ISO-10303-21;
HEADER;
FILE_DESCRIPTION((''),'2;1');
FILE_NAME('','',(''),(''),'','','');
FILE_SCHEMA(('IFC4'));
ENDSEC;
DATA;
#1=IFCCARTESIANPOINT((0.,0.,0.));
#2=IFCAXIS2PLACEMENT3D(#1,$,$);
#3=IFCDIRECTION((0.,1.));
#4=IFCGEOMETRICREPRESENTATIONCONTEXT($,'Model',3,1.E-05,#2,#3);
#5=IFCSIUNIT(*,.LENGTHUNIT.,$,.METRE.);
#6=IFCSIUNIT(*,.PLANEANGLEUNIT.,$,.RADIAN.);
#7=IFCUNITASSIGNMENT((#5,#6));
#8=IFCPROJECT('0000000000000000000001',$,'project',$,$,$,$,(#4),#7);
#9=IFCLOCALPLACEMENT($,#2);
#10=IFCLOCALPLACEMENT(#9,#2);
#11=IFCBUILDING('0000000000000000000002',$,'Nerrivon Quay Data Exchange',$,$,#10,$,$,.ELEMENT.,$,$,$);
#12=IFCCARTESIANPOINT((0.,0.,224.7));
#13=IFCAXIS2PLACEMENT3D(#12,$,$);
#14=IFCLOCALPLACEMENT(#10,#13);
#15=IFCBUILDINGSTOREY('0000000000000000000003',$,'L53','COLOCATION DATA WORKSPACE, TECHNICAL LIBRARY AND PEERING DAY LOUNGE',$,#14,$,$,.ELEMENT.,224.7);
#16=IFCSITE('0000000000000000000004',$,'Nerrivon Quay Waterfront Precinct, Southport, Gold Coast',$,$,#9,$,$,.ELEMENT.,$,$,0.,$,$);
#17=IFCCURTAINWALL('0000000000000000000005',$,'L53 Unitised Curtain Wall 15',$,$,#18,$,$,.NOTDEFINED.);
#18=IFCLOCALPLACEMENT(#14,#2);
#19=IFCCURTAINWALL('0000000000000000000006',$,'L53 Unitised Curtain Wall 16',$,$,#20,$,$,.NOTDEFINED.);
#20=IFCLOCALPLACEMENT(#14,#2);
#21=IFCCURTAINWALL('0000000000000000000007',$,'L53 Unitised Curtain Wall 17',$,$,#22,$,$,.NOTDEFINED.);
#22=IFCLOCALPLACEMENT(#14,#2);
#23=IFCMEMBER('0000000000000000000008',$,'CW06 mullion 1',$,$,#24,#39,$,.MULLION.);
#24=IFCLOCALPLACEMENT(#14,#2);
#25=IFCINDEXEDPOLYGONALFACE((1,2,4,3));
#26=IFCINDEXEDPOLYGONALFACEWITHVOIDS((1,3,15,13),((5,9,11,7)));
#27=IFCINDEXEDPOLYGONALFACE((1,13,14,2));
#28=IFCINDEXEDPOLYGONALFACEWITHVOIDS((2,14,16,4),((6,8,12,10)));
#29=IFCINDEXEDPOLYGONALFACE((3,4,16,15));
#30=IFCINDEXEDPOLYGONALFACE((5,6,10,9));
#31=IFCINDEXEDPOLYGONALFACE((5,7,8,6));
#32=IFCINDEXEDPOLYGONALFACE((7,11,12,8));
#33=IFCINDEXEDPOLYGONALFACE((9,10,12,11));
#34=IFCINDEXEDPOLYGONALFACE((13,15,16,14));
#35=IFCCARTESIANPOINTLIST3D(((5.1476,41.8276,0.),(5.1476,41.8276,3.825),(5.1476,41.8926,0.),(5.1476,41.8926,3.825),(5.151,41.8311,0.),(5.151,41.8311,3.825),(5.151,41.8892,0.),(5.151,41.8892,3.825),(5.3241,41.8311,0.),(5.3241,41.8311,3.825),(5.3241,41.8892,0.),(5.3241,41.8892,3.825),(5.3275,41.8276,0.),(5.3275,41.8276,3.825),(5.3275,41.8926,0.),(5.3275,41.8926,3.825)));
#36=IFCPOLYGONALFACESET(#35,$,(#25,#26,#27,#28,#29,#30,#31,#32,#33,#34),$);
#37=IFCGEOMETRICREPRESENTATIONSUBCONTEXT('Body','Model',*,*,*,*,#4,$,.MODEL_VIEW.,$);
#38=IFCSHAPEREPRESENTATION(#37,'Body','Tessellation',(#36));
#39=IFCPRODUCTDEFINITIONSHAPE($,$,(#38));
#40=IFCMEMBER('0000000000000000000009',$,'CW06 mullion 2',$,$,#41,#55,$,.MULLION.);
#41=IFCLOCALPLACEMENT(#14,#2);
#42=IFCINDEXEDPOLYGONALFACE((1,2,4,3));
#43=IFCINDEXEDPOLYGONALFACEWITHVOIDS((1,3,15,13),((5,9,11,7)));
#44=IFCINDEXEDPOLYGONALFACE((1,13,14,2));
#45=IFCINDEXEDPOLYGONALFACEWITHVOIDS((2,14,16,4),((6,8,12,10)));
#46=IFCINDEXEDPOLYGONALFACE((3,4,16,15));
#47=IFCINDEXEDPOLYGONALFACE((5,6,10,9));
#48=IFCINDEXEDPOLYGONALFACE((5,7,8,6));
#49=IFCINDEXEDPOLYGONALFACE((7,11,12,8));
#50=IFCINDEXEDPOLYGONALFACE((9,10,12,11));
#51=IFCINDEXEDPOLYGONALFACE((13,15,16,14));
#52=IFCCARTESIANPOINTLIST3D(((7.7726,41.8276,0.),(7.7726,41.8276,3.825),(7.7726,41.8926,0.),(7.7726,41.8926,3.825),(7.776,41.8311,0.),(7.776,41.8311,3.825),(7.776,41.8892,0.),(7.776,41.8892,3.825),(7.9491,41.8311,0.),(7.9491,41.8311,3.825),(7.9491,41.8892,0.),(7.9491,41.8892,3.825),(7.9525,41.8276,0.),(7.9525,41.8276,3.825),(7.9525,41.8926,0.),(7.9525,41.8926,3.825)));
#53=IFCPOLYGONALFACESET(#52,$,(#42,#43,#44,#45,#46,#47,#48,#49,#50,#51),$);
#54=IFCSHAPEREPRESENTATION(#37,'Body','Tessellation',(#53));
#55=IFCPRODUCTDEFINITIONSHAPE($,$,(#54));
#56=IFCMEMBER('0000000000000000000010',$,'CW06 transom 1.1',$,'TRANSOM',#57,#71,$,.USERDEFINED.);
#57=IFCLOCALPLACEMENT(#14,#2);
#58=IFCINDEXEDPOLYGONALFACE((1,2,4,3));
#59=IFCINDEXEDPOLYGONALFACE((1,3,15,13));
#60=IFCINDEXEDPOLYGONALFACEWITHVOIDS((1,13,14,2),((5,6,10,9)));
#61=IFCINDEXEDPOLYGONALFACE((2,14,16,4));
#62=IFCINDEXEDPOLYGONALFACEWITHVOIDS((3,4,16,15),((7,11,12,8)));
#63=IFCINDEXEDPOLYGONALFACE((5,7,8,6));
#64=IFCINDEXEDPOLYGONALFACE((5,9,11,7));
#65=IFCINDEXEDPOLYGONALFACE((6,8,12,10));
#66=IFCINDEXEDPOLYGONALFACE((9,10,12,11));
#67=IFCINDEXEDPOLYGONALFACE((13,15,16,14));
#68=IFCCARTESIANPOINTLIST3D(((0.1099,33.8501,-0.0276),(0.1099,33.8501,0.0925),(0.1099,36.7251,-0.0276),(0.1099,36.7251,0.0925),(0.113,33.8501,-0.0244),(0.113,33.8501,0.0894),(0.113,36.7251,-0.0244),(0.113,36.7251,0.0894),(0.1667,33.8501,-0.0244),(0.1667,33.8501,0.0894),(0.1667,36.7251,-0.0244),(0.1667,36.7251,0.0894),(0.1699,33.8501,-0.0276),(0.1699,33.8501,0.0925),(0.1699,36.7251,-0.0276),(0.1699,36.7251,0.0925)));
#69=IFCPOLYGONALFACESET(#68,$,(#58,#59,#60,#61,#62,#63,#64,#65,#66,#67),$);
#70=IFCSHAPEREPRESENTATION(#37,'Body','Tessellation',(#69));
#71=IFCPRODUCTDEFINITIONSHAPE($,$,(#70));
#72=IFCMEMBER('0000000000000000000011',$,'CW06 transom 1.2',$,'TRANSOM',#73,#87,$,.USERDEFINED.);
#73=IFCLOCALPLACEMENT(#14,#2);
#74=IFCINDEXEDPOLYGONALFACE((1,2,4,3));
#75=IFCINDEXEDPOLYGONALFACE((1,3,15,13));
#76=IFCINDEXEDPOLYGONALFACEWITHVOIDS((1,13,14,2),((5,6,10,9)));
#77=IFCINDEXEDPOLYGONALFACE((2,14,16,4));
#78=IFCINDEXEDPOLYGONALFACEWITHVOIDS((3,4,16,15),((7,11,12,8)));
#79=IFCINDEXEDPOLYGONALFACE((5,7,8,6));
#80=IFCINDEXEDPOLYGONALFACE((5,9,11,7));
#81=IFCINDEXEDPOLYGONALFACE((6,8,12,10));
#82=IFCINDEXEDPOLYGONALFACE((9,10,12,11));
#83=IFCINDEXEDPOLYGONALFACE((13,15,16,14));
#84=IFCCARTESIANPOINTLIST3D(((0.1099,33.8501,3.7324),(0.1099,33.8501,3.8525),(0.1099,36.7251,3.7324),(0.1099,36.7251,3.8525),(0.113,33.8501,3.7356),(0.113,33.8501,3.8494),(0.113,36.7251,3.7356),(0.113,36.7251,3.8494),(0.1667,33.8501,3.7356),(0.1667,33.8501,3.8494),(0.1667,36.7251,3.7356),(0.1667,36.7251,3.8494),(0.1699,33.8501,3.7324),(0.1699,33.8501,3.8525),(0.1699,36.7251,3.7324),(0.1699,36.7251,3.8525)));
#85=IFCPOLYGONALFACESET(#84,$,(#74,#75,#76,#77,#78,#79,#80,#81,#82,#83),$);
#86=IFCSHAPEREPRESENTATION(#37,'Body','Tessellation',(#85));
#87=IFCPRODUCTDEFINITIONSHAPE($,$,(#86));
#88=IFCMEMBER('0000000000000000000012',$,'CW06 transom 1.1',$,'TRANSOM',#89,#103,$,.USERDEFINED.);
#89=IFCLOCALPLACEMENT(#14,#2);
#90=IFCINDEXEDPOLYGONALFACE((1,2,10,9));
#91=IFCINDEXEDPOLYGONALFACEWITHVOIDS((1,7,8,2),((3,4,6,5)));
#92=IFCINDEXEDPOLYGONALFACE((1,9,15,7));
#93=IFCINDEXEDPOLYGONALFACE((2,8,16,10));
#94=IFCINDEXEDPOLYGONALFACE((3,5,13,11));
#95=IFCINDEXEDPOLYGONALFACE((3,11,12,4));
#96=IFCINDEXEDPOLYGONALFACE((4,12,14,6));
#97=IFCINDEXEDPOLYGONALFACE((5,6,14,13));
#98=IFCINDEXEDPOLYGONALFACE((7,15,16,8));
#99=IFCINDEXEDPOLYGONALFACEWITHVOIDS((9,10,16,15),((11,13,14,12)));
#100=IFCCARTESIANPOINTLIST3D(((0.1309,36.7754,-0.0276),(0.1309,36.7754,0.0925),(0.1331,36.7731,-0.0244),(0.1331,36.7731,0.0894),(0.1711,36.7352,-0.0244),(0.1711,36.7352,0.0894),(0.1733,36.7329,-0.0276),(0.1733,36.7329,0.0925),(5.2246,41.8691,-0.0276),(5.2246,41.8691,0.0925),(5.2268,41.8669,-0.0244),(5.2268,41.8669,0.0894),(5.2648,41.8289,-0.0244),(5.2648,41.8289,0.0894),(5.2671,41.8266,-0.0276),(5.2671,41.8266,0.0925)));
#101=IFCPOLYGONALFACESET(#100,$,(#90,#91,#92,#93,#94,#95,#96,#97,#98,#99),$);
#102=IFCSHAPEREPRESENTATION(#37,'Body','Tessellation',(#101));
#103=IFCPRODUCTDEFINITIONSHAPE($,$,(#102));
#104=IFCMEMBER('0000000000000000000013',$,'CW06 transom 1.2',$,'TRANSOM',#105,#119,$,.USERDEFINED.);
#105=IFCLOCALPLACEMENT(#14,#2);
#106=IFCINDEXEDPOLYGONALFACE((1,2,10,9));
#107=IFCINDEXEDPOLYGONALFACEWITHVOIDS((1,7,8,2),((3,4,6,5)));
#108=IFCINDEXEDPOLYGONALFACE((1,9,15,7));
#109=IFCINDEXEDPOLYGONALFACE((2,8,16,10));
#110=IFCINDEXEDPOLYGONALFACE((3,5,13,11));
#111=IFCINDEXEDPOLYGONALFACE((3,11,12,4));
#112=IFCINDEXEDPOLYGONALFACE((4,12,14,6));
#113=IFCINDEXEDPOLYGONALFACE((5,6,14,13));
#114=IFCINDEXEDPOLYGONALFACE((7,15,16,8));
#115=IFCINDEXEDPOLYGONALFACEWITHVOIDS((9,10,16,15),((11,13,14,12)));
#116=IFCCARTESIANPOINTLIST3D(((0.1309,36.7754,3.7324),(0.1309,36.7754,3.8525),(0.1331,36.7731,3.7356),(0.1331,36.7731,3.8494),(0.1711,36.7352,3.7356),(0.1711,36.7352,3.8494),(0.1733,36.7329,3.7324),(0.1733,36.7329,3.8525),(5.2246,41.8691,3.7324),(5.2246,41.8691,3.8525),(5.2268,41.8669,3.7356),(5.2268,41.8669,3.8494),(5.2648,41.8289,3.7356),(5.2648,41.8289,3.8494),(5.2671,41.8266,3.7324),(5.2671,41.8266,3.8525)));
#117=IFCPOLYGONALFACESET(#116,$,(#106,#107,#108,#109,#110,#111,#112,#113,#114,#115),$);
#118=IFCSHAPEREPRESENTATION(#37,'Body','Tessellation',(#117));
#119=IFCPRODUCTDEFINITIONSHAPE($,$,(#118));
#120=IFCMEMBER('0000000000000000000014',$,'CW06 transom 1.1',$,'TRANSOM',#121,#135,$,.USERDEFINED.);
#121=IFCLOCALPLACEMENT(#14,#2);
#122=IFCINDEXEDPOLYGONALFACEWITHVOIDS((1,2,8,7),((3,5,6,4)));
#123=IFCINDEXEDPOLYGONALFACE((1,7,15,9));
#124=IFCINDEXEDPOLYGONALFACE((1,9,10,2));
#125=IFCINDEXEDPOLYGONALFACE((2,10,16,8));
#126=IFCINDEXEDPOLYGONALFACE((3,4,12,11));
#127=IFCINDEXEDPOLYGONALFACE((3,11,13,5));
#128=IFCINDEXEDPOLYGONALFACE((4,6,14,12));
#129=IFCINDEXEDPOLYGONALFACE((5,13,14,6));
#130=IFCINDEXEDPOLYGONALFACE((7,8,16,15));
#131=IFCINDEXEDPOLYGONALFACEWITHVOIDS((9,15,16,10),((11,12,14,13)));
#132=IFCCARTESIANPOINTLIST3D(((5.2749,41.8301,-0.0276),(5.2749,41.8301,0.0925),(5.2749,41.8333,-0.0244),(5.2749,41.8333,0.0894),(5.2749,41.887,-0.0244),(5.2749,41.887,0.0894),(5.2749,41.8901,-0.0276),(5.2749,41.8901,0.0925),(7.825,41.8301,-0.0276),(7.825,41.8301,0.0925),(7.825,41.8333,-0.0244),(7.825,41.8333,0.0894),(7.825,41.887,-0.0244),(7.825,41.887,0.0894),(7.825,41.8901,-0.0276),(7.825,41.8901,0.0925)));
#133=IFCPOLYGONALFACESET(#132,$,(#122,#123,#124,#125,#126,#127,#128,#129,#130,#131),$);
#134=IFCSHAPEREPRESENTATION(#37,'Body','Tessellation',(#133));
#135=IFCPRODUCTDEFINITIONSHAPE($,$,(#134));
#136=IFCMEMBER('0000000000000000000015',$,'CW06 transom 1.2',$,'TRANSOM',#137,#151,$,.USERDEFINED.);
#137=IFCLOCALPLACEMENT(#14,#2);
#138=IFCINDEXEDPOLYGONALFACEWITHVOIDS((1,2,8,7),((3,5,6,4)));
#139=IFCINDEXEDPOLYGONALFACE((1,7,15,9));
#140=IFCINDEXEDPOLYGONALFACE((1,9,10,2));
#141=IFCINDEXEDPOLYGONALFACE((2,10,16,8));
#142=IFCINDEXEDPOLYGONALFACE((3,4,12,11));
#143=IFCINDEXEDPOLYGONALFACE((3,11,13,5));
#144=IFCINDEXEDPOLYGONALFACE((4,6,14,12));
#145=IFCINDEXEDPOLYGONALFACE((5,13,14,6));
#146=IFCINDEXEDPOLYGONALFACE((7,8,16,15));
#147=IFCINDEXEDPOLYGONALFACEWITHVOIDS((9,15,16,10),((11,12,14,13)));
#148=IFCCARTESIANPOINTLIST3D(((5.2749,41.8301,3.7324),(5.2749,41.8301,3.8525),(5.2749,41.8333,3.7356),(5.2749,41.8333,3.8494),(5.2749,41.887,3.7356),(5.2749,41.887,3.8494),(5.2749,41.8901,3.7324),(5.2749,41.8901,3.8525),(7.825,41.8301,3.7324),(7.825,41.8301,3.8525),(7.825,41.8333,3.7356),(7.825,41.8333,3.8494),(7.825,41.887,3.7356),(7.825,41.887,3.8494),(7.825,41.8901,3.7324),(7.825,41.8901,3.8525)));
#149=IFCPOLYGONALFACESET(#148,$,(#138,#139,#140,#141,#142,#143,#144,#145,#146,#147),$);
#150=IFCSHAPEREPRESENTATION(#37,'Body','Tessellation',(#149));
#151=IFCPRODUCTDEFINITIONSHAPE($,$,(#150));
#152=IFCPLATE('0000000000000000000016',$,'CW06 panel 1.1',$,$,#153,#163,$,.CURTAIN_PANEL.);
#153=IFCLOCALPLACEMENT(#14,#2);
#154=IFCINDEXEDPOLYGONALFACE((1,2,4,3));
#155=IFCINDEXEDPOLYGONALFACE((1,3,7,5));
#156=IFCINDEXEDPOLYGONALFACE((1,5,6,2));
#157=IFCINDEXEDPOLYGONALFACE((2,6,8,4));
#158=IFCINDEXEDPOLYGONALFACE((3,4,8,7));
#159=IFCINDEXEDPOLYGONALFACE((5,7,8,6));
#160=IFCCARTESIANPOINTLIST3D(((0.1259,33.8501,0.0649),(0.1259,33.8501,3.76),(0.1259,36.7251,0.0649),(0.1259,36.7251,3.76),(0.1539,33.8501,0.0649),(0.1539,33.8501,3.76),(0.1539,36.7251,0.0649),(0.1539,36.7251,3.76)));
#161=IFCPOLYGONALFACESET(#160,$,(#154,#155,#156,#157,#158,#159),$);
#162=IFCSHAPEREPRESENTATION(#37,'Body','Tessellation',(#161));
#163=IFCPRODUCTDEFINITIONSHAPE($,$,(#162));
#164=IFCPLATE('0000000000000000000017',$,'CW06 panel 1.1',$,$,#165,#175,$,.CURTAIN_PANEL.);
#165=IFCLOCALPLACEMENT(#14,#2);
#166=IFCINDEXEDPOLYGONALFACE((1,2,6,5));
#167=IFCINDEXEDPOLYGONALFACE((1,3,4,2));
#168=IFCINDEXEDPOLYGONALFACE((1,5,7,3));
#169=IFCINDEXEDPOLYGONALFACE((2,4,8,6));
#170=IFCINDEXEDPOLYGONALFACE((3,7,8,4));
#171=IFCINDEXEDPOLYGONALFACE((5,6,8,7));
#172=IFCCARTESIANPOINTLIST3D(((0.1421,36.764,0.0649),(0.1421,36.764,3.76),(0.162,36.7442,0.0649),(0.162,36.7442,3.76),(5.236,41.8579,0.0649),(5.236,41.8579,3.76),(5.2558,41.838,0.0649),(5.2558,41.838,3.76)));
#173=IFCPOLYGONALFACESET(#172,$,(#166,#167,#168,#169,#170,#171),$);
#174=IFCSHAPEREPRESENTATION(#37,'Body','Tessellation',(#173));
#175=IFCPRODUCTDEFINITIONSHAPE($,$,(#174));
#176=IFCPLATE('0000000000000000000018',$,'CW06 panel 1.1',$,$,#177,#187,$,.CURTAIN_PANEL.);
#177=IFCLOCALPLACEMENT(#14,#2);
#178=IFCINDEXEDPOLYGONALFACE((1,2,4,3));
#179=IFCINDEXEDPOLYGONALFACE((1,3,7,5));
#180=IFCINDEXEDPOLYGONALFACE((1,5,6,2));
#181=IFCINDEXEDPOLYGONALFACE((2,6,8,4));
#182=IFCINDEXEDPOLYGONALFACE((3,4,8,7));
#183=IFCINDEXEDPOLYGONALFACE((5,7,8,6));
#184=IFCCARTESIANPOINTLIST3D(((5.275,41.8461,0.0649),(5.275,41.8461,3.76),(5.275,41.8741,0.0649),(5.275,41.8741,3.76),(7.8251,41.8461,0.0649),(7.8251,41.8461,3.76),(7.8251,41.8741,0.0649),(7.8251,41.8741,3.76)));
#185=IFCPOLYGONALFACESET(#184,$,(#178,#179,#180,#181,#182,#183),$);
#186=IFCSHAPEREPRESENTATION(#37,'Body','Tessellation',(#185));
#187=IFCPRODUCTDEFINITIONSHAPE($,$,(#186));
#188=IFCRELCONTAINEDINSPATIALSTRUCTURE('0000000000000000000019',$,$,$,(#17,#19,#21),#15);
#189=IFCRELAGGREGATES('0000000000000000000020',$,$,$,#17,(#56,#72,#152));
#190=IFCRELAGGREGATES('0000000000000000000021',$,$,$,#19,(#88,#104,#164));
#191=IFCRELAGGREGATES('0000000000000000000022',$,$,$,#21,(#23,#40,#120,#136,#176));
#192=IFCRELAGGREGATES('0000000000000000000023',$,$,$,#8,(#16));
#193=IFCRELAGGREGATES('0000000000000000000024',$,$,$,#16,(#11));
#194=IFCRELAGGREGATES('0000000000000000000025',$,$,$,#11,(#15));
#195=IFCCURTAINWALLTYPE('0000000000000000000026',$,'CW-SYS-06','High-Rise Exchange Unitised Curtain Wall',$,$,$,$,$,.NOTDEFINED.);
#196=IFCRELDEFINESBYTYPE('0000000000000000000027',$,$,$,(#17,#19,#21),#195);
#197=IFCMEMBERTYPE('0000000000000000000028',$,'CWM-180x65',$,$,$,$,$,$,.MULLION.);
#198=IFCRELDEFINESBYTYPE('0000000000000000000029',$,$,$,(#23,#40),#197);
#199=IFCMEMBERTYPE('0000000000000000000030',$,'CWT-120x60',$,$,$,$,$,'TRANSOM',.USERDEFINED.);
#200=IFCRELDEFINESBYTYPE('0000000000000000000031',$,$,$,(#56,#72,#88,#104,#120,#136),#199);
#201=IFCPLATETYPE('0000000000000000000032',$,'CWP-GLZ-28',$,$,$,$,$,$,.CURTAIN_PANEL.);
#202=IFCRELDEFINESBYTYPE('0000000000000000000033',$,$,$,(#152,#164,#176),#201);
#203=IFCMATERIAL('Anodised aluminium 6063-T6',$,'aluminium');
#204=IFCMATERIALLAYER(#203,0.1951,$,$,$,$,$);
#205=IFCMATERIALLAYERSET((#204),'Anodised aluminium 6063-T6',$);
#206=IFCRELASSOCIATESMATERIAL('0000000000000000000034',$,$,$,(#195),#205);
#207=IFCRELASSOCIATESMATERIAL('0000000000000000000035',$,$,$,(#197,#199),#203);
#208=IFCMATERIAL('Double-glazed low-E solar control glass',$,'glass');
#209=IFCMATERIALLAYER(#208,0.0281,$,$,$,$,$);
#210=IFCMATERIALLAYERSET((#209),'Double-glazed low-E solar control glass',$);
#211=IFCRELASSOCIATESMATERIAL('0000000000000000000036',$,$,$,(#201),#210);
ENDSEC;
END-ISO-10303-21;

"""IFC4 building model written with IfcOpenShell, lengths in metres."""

from ifc_helpers import new_model, si_unit, direction, frame, origin, origin_2d, place, context, subcontext, project, spatial, rectangle, hollow_rectangle, extrude, material, layer, layer_set, material_profile, profile_set, type_object, element, aggregate, save


model = new_model("IFC4")

# Units and contexts
model_context = context("Model", 3, precision=1e-05, world=origin(), true_north=direction((0.0, 1.0)))
body_context = subcontext(model_context, "Body", "Model", "MODEL_VIEW")
ifc_project = project(units=[si_unit("LENGTHUNIT", "METRE"), si_unit("PLANEANGLEUNIT", "RADIAN")], contexts=[model_context])

# Site, building, storey
site_placement = place(None, origin())
site = spatial("IfcSite", under=ifc_project, at=site_placement, Name="Nerrivon Quay Waterfront Precinct, Southport, Gold Coast", CompositionType="ELEMENT", RefElevation=0.0)
building_placement = place(site_placement, origin())
building = spatial("IfcBuilding", under=site, at=building_placement, Name="Nerrivon Quay Data Exchange", CompositionType="ELEMENT")
storey_placement = place(building_placement, frame((0.0, 0.0, 224.7)))
storey = spatial("IfcBuildingStorey", under=building, at=storey_placement, Name="L53", Description="COLOCATION DATA WORKSPACE, TECHNICAL LIBRARY AND PEERING DAY LOUNGE", CompositionType="ELEMENT", Elevation=224.7)

# Curtain walls, members
ifc_material_1 = material(Name="Anodised aluminium 6063-T6", Category="aluminium")
ifc_layer_1 = layer(ifc_material_1, 0.1951)
ifc_layer_set_1 = layer_set([ifc_layer_1], Name="Anodised aluminium 6063-T6")
curtain_wall_type = type_object("IfcCurtainWallType", Name="CW-SYS-06", Description="High-Rise Exchange Unitised Curtain Wall", PredefinedType="NOTDEFINED", material=ifc_layer_set_1)
curtain_wall_1_placement = place(storey_placement, origin())
curtain_wall_1 = element("IfcCurtainWall", 1, at=curtain_wall_1_placement, inside=storey, type_object=curtain_wall_type, Name="L53 Unitised Curtain Wall 15", PredefinedType="NOTDEFINED")
ifc_material_profile_1 = material_profile(ifc_material_1, hollow_rectangle(XDim=0.0649, YDim=0.1799, WallThickness=0.0034, at=origin_2d()), Name="ALU-MULL-180x65")
ifc_profile_set_1 = profile_set([ifc_material_profile_1], Name="Anodised aluminium 6063-T6")
member_type_1 = type_object("IfcMemberType", Name="CWM-180x65", PredefinedType="MULLION", material=ifc_profile_set_1)
curtain_wall_2_placement = place(storey_placement, origin())
curtain_wall_2 = element("IfcCurtainWall", 2, at=curtain_wall_2_placement, inside=storey, type_object=curtain_wall_type, Name="L53 Unitised Curtain Wall 16", PredefinedType="NOTDEFINED")
curtain_wall_3_placement = place(storey_placement, origin())
curtain_wall_3 = element("IfcCurtainWall", 3, at=curtain_wall_3_placement, inside=storey, type_object=curtain_wall_type, Name="L53 Unitised Curtain Wall 17", PredefinedType="NOTDEFINED")
member_1_placement = place(storey_placement, frame((5.2375, 41.8601, 0.0), z_axis=(0.0, 0.0, 1.0), x_axis=(0.0, 1.0, 0.0)))
member_1 = element("IfcMember", 4, at=member_1_placement, type_object=member_type_1, Name="CW06 mullion 1", PredefinedType="MULLION", context=body_context, shape_type="SweptSolid", body=[
    extrude(hollow_rectangle(XDim=0.0649, YDim=0.1799, WallThickness=0.0034, at=origin_2d()), origin(), (0.0, 0.0, 1.0), 3.825),
])
member_2_placement = place(storey_placement, frame((7.8625, 41.8601, 0.0), z_axis=(0.0, 0.0, 1.0), x_axis=(0.0, 1.0, 0.0)))
member_2 = element("IfcMember", 5, at=member_2_placement, type_object=member_type_1, Name="CW06 mullion 2", PredefinedType="MULLION", context=body_context, shape_type="SweptSolid", body=[
    extrude(hollow_rectangle(XDim=0.0649, YDim=0.1799, WallThickness=0.0034, at=origin_2d()), origin(), (0.0, 0.0, 1.0), 3.825),
])

# Members
ifc_material_profile_2 = material_profile(ifc_material_1, hollow_rectangle(XDim=0.0601, YDim=0.1201, WallThickness=0.0032, at=origin_2d()), Name="ALU-TRAN-120x60")
ifc_profile_set_2 = profile_set([ifc_material_profile_2], Name="Anodised aluminium 6063-T6")
member_type_2 = type_object("IfcMemberType", Name="CWT-120x60", ElementType="TRANSOM", PredefinedType="USERDEFINED", material=ifc_profile_set_2)
member_3_placement = place(storey_placement, frame((0.1399, 33.8501, 0.0325), z_axis=(0.0, 1.0, 0.0), x_axis=(-1.0, 0.0, 0.0)))
member_3 = element("IfcMember", 6, at=member_3_placement, type_object=member_type_2, Name="CW06 transom 1.1", ObjectType="TRANSOM", PredefinedType="USERDEFINED", context=body_context, shape_type="SweptSolid", body=[
    extrude(hollow_rectangle(XDim=0.0601, YDim=0.1201, WallThickness=0.0032, at=origin_2d()), origin(), (0.0, 0.0, 1.0), 2.875),
])
member_4_placement = place(storey_placement, frame((0.1399, 33.8501, 3.7925), z_axis=(0.0, 1.0, 0.0), x_axis=(-1.0, 0.0, 0.0)))
member_4 = element("IfcMember", 7, at=member_4_placement, type_object=member_type_2, Name="CW06 transom 1.2", ObjectType="TRANSOM", PredefinedType="USERDEFINED", context=body_context, shape_type="SweptSolid", body=[
    extrude(hollow_rectangle(XDim=0.0601, YDim=0.1201, WallThickness=0.0032, at=origin_2d()), origin(), (0.0, 0.0, 1.0), 2.875),
])
member_5_placement = place(storey_placement, frame((0.1521, 36.7542, 0.0325), z_axis=(0.707107, 0.707107, 0.0), x_axis=(-0.707107, 0.707107, 0.0)))
member_5 = element("IfcMember", 8, at=member_5_placement, type_object=member_type_2, Name="CW06 transom 1.1", ObjectType="TRANSOM", PredefinedType="USERDEFINED", context=body_context, shape_type="SweptSolid", body=[
    extrude(hollow_rectangle(XDim=0.0601, YDim=0.1201, WallThickness=0.0032, at=origin_2d()), origin(), (0.0, 0.0, 1.0), 7.2036),
])
member_6_placement = place(storey_placement, frame((0.1521, 36.7542, 3.7925), z_axis=(0.707107, 0.707107, 0.0), x_axis=(-0.707107, 0.707107, 0.0)))
member_6 = element("IfcMember", 9, at=member_6_placement, type_object=member_type_2, Name="CW06 transom 1.2", ObjectType="TRANSOM", PredefinedType="USERDEFINED", context=body_context, shape_type="SweptSolid", body=[
    extrude(hollow_rectangle(XDim=0.0601, YDim=0.1201, WallThickness=0.0032, at=origin_2d()), origin(), (0.0, 0.0, 1.0), 7.2036),
])
member_7_placement = place(storey_placement, frame((5.2749, 41.8601, 0.0325), z_axis=(1.0, 0.0, 0.0), x_axis=(0.0, 1.0, 0.0)))
member_7 = element("IfcMember", 10, at=member_7_placement, type_object=member_type_2, Name="CW06 transom 1.1", ObjectType="TRANSOM", PredefinedType="USERDEFINED", context=body_context, shape_type="SweptSolid", body=[
    extrude(hollow_rectangle(XDim=0.0601, YDim=0.1201, WallThickness=0.0032, at=origin_2d()), origin(), (0.0, 0.0, 1.0), 2.55),
])
member_8_placement = place(storey_placement, frame((5.2749, 41.8601, 3.7925), z_axis=(1.0, 0.0, 0.0), x_axis=(0.0, 1.0, 0.0)))
member_8 = element("IfcMember", 11, at=member_8_placement, type_object=member_type_2, Name="CW06 transom 1.2", ObjectType="TRANSOM", PredefinedType="USERDEFINED", context=body_context, shape_type="SweptSolid", body=[
    extrude(hollow_rectangle(XDim=0.0601, YDim=0.1201, WallThickness=0.0032, at=origin_2d()), origin(), (0.0, 0.0, 1.0), 2.55),
])

# Plates
ifc_material_2 = material(Name="Double-glazed low-E solar control glass", Category="glass")
ifc_layer_2 = layer(ifc_material_2, 0.0281)
ifc_layer_set_2 = layer_set([ifc_layer_2], Name="Double-glazed low-E solar control glass")
plate_type = type_object("IfcPlateType", Name="CWP-GLZ-28", PredefinedType="CURTAIN_PANEL", material=ifc_layer_set_2)
plate_1_placement = place(storey_placement, frame((0.1399, 35.2876, 0.0649), z_axis=(0.0, 0.0, 1.0), x_axis=(0.0, 1.0, 0.0)))
plate_1 = element("IfcPlate", 12, at=plate_1_placement, type_object=plate_type, Name="CW06 panel 1.1", PredefinedType="CURTAIN_PANEL", context=body_context, shape_type="SweptSolid", body=[
    extrude(rectangle(XDim=2.875, YDim=0.0281, at=origin_2d()), origin(), (0.0, 0.0, 1.0), 3.6951),
])
aggregate(curtain_wall_1, [member_3, member_4, plate_1])
plate_2_placement = place(storey_placement, frame((2.699, 39.301, 0.0649), z_axis=(0.0, 0.0, 1.0), x_axis=(0.707107, 0.707107, 0.0)))
plate_2 = element("IfcPlate", 13, at=plate_2_placement, type_object=plate_type, Name="CW06 panel 1.1", PredefinedType="CURTAIN_PANEL", context=body_context, shape_type="SweptSolid", body=[
    extrude(rectangle(XDim=7.2039, YDim=0.0281, at=origin_2d()), origin(), (0.0, 0.0, 1.0), 3.6951),
])
aggregate(curtain_wall_2, [member_5, member_6, plate_2])
plate_3_placement = place(storey_placement, frame((6.55, 41.8601, 0.0649), z_axis=(0.0, 0.0, 1.0), x_axis=(1.0, 0.0, 0.0)))
plate_3 = element("IfcPlate", 14, at=plate_3_placement, type_object=plate_type, Name="CW06 panel 1.1", PredefinedType="CURTAIN_PANEL", context=body_context, shape_type="SweptSolid", body=[
    extrude(rectangle(XDim=2.55, YDim=0.0281, at=origin_2d()), origin(), (0.0, 0.0, 1.0), 3.6951),
])
aggregate(curtain_wall_3, [member_1, member_2, member_7, member_8, plate_3])

save(model, "model.ifc")
